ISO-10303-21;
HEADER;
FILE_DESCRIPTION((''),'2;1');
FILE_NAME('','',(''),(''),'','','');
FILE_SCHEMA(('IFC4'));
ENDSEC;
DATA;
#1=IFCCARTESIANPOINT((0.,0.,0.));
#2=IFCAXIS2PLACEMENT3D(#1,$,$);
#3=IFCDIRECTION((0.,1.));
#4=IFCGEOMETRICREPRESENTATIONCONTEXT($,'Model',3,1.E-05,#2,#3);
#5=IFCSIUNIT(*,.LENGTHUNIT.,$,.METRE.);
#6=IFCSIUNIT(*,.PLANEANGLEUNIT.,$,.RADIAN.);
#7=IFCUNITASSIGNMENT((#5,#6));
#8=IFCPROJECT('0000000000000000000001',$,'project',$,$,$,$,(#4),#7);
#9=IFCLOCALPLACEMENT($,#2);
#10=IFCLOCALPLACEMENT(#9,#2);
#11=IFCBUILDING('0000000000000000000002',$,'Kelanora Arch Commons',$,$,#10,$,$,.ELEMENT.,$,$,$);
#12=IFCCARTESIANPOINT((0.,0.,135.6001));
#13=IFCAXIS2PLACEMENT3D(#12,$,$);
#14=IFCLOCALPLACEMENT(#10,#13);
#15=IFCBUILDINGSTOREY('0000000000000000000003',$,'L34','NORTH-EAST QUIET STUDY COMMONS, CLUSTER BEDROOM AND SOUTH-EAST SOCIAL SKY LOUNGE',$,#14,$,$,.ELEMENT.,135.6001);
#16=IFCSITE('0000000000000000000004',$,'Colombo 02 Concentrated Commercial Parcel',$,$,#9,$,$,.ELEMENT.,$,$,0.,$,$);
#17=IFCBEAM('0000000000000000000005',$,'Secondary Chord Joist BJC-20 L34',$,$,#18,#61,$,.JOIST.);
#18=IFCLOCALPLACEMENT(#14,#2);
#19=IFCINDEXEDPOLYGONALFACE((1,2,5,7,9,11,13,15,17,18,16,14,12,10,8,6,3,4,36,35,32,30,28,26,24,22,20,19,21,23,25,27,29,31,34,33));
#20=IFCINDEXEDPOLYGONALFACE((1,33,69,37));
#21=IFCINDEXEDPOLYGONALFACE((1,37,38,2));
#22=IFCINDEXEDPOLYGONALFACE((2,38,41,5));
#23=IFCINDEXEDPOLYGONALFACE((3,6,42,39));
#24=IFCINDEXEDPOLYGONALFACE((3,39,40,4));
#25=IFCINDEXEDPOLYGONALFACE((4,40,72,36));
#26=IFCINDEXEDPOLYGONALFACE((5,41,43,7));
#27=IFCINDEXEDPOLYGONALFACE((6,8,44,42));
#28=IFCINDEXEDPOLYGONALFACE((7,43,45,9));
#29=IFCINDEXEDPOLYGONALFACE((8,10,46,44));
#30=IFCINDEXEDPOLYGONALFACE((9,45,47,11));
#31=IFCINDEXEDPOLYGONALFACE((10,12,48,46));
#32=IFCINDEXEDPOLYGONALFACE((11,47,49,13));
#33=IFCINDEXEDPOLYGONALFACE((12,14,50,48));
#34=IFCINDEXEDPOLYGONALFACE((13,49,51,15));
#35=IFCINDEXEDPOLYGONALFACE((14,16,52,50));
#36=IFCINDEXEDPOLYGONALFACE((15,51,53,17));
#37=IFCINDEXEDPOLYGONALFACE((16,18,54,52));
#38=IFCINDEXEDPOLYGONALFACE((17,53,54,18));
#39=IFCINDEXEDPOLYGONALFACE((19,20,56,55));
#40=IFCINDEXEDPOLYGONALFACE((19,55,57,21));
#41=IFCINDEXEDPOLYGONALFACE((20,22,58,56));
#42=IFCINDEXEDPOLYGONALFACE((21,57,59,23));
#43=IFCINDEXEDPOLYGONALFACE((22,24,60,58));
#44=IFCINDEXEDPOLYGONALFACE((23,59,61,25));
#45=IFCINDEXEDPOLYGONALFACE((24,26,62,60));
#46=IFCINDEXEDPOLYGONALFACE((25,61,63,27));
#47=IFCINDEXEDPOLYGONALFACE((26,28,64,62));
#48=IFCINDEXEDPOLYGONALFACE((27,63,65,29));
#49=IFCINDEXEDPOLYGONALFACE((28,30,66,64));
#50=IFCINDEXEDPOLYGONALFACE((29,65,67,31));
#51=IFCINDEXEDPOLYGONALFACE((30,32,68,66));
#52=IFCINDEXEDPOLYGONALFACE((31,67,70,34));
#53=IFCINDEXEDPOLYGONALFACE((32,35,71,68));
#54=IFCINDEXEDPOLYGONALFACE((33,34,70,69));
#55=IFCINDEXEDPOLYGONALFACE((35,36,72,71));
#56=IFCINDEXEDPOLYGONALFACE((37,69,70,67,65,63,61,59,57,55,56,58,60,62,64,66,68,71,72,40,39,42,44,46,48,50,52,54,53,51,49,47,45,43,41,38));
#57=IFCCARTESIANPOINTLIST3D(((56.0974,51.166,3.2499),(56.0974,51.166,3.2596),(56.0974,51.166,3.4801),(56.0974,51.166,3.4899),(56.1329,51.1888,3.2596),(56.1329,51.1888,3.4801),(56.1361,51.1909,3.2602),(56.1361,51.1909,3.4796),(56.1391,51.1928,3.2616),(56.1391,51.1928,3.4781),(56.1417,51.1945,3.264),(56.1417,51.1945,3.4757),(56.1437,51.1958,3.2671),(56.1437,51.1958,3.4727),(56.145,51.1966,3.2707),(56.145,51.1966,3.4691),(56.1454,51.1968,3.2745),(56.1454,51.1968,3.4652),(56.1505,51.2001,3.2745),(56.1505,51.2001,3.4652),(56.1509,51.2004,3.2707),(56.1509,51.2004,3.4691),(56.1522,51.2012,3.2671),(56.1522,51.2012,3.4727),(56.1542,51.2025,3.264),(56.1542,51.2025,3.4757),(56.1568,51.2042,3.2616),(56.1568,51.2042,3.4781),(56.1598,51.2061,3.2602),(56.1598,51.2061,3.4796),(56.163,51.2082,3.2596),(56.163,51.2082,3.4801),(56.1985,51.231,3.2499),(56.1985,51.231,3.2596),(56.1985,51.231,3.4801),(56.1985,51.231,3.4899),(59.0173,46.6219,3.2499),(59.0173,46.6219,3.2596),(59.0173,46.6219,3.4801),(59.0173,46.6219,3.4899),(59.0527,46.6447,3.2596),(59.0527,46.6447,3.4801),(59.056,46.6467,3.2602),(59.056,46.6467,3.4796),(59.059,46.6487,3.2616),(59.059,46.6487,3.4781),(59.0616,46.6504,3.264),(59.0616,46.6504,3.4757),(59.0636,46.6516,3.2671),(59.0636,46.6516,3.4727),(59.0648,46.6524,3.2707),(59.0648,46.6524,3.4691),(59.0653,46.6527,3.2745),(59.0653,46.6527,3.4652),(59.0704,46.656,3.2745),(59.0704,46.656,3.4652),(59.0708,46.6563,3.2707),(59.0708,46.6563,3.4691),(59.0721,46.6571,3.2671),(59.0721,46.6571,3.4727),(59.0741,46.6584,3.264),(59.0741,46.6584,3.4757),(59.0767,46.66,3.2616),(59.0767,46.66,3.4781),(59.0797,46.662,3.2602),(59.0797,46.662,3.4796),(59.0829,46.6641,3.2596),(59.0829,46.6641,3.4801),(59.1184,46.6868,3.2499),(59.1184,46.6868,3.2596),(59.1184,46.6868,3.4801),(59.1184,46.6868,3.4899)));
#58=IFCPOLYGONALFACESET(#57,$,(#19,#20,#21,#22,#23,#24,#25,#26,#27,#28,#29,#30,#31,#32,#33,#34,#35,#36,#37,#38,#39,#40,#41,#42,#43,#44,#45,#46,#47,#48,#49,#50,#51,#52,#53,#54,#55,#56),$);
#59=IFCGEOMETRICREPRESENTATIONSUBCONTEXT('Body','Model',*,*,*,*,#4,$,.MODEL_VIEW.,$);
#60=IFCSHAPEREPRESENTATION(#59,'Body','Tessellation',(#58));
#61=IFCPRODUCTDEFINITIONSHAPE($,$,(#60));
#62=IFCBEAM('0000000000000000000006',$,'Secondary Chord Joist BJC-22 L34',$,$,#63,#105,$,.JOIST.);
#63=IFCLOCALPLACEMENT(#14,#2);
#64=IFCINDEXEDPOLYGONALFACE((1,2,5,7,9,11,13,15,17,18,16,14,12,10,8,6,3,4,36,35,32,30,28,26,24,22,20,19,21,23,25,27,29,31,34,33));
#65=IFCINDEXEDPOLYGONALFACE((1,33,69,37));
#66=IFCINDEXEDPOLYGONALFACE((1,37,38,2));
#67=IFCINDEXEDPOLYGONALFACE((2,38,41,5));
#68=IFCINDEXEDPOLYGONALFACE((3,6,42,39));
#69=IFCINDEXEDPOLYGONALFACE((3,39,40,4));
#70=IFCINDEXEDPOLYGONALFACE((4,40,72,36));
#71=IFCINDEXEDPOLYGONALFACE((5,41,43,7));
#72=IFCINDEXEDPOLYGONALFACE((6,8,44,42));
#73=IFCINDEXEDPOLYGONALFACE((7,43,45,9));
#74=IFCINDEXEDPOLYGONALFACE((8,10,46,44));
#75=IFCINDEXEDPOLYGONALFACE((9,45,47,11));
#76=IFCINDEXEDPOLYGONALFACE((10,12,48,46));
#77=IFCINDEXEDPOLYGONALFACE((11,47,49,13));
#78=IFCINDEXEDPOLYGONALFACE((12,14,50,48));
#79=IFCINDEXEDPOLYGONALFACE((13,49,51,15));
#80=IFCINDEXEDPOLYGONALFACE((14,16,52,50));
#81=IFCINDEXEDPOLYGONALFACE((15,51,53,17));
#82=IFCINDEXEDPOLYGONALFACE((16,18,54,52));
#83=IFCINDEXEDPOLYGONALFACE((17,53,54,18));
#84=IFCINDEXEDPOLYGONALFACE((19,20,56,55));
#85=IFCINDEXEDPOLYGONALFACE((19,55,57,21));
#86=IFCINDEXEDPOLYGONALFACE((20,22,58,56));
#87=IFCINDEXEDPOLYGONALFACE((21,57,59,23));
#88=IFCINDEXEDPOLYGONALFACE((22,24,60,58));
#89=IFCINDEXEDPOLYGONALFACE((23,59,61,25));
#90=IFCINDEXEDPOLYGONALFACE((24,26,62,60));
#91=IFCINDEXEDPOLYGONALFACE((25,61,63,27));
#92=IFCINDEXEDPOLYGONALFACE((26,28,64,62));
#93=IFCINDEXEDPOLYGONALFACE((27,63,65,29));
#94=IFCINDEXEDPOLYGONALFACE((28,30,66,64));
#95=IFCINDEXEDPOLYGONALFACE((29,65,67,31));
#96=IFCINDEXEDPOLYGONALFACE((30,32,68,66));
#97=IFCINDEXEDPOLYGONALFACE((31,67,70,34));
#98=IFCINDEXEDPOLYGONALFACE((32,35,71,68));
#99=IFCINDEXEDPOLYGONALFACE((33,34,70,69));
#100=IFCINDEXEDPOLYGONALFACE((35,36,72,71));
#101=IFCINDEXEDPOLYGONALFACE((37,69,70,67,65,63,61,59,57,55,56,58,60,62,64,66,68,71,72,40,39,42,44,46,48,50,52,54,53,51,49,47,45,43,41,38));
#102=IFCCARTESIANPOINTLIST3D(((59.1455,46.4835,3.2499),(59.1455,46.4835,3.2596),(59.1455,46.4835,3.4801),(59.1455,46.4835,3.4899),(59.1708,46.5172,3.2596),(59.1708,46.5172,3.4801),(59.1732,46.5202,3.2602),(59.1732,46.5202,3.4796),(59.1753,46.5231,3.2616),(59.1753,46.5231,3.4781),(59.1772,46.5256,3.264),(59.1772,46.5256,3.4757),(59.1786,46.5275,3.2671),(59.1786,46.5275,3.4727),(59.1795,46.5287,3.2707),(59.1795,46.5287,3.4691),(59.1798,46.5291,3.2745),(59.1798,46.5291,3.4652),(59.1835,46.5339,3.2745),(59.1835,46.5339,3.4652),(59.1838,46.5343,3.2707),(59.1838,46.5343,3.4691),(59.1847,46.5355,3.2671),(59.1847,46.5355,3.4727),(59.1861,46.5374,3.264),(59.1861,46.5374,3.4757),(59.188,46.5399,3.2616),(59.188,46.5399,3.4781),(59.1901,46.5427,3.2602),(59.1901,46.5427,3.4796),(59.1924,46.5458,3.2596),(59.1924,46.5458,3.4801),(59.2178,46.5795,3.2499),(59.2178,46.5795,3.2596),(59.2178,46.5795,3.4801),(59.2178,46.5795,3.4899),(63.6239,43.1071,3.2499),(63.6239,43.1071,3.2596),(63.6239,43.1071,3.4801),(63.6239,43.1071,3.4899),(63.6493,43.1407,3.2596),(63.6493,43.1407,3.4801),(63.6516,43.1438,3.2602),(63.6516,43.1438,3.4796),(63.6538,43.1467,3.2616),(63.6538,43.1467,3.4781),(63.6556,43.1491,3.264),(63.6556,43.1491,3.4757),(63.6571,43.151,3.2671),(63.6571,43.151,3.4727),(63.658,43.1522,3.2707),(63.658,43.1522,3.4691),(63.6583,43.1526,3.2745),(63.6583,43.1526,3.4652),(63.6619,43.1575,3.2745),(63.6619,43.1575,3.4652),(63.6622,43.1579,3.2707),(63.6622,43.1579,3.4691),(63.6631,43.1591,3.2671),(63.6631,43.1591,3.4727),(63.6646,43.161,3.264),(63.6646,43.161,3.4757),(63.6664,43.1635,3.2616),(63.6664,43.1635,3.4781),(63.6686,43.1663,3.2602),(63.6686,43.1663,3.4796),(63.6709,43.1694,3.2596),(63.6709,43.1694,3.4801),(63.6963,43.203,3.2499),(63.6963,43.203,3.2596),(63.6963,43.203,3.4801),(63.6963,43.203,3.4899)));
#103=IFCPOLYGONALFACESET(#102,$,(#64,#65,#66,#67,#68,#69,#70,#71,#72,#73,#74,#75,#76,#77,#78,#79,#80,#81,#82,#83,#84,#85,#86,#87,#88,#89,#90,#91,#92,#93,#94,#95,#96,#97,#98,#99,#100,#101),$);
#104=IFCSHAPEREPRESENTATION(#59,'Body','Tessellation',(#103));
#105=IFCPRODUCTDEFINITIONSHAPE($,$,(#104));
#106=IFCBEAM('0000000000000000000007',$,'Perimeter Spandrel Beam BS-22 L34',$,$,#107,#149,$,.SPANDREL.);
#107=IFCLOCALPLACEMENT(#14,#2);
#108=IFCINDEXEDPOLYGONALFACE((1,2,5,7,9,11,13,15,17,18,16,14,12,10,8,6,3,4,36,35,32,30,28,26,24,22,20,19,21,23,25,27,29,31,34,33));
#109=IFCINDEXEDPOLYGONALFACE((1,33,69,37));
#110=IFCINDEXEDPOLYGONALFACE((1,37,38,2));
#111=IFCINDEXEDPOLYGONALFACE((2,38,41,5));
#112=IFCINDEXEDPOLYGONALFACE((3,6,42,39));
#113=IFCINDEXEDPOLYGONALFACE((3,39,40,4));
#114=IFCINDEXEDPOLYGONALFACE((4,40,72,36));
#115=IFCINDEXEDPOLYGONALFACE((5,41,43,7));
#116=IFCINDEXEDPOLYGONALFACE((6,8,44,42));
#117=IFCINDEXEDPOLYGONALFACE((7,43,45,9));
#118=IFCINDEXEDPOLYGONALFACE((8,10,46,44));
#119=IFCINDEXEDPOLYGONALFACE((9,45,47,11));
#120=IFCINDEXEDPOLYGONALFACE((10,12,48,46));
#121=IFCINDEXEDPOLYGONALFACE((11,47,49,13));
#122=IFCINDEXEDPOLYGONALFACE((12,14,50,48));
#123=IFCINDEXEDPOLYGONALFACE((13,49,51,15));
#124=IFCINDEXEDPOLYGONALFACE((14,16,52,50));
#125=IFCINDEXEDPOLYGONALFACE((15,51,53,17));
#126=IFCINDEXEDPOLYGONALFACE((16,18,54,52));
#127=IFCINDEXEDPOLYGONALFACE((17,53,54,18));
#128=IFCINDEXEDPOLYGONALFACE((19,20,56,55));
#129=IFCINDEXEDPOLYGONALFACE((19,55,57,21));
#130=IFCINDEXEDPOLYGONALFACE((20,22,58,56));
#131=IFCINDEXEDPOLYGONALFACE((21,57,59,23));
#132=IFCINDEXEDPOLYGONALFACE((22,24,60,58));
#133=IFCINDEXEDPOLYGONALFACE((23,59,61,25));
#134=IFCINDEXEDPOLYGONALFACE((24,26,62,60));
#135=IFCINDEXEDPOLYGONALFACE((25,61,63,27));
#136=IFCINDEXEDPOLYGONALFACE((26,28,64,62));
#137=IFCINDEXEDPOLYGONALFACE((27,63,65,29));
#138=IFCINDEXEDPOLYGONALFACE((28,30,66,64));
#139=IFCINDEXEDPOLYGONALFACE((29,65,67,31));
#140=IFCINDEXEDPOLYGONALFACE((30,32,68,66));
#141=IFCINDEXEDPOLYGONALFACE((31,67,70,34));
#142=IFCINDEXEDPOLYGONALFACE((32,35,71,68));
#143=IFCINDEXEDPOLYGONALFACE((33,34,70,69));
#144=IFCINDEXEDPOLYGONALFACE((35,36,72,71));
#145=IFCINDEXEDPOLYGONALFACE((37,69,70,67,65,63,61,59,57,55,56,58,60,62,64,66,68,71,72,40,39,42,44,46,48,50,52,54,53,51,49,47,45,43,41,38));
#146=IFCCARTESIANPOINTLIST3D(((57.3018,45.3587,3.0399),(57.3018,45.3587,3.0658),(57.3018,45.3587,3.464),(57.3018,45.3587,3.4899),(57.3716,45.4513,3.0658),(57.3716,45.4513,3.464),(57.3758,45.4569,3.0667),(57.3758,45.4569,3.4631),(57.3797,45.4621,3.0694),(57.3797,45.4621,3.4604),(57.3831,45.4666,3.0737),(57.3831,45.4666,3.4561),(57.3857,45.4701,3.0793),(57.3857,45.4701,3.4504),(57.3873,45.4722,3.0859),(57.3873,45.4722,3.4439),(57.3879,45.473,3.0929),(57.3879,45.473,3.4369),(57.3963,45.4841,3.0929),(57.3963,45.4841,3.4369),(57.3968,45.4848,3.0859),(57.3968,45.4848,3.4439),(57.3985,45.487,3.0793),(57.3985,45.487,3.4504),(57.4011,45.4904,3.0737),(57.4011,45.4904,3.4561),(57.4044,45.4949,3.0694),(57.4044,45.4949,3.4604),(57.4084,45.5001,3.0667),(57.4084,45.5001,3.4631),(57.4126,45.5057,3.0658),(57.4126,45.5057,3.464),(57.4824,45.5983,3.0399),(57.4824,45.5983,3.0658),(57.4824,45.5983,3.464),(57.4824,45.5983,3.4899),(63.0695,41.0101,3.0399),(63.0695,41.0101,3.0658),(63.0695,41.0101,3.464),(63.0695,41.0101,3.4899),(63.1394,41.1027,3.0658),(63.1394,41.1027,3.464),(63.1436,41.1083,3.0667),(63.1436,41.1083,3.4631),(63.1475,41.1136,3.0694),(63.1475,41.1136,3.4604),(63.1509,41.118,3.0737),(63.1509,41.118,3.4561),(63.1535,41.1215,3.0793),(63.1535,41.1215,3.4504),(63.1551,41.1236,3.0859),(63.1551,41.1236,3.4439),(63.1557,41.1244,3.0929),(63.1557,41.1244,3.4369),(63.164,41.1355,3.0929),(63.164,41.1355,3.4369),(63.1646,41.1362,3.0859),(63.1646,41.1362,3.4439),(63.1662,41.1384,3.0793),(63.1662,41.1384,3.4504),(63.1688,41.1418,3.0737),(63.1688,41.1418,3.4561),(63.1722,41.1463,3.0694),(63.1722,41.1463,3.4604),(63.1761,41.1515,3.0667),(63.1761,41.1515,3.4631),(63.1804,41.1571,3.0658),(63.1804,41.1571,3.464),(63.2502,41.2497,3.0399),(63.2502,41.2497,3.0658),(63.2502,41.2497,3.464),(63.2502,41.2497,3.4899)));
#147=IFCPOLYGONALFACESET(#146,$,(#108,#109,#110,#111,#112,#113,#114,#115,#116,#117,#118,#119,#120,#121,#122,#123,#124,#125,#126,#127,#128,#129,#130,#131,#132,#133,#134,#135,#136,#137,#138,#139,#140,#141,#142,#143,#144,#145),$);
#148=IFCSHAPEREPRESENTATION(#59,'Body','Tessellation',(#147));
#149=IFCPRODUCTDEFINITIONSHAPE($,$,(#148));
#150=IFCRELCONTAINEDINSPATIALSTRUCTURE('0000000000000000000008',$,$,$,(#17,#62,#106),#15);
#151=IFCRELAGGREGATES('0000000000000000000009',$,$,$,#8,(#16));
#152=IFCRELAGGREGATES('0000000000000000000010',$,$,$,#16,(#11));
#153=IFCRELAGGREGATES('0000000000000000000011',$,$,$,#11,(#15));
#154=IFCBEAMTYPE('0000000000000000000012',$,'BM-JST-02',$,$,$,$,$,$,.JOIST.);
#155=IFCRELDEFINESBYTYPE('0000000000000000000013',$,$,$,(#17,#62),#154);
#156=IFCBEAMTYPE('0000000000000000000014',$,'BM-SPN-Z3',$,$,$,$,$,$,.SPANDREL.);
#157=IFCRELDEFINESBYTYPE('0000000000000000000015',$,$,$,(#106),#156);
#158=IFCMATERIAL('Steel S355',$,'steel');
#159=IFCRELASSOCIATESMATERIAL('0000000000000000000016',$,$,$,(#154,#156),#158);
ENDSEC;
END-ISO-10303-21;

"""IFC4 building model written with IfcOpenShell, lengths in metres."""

from ifc_helpers import new_model, si_unit, direction, frame, origin, origin_2d, place, context, subcontext, project, spatial, i_section, extrude, material, material_profile, profile_set, type_object, element, save


model = new_model("IFC4")

# Units and contexts
model_context = context("Model", 3, precision=1e-05, world=origin(), true_north=direction((0.0, 1.0)))
body_context = subcontext(model_context, "Body", "Model", "MODEL_VIEW")
ifc_project = project(units=[si_unit("LENGTHUNIT", "METRE"), si_unit("PLANEANGLEUNIT", "RADIAN")], contexts=[model_context])

# Site, building, storey
site_placement = place(None, origin())
site = spatial("IfcSite", under=ifc_project, at=site_placement, Name="Colombo 02 Concentrated Commercial Parcel", CompositionType="ELEMENT", RefElevation=0.0)
building_placement = place(site_placement, origin())
building = spatial("IfcBuilding", under=site, at=building_placement, Name="Kelanora Arch Commons", CompositionType="ELEMENT")
storey_placement = place(building_placement, frame((0.0, 0.0, 135.6001)))
storey = spatial("IfcBuildingStorey", under=building, at=storey_placement, Name="L34", Description="NORTH-EAST QUIET STUDY COMMONS, CLUSTER BEDROOM AND SOUTH-EAST SOCIAL SKY LOUNGE", CompositionType="ELEMENT", Elevation=135.6001)

# Beams
ifc_material_1 = material(Name="Steel S355", Category="steel")
ifc_material_profile_1 = material_profile(ifc_material_1, i_section(OverallWidth=0.1201, OverallDepth=0.24, WebThickness=0.0061, FlangeThickness=0.0098, FilletRadius=0.0149, at=origin_2d()), Name="IPE240")
ifc_profile_set_1 = profile_set([ifc_material_profile_1], Name="Steel S355")
beam_type_1 = type_object("IfcBeamType", Name="BM-JST-02", PredefinedType="JOIST", material=ifc_profile_set_1)
beam_1_placement = place(storey_placement, frame((56.1479, 51.1985, 3.3699), z_axis=(0.540582, -0.841292, 0.0), x_axis=(0.841292, 0.540582, 0.0)))
element("IfcBeam", 1, at=beam_1_placement, inside=storey, type_object=beam_type_1, Name="Secondary Chord Joist BJC-20 L34", PredefinedType="JOIST", context=body_context, shape_type="SweptSolid", body=[
    extrude(i_section(OverallWidth=0.1201, OverallDepth=0.24, WebThickness=0.0061, FlangeThickness=0.0098, FilletRadius=0.0149, at=origin_2d()), origin(), (0.0, 0.0, 1.0), 5.4014),
])
beam_2_placement = place(storey_placement, frame((59.1816, 46.5315, 3.3699), z_axis=(0.798493, -0.602004, 0.0), x_axis=(0.602004, 0.798493, 0.0)))
element("IfcBeam", 2, at=beam_2_placement, inside=storey, type_object=beam_type_1, Name="Secondary Chord Joist BJC-22 L34", PredefinedType="JOIST", context=body_context, shape_type="SweptSolid", body=[
    extrude(i_section(OverallWidth=0.1201, OverallDepth=0.24, WebThickness=0.0061, FlangeThickness=0.0098, FilletRadius=0.0149, at=origin_2d()), origin(), (0.0, 0.0, 1.0), 5.6086),
])
ifc_material_profile_2 = material_profile(ifc_material_1, i_section(OverallWidth=0.3, OverallDepth=0.45, WebThickness=0.0139, FlangeThickness=0.0259, FilletRadius=0.0271, at=origin_2d()), Name="HEB450")
ifc_profile_set_2 = profile_set([ifc_material_profile_2], Name="Steel S355")
beam_type_2 = type_object("IfcBeamType", Name="BM-SPN-Z3", PredefinedType="SPANDREL", material=ifc_profile_set_2)
beam_3_placement = place(storey_placement, frame((57.3921, 45.4785, 3.2649), z_axis=(0.798485, -0.602015, 0.0), x_axis=(0.602015, 0.798485, 0.0)))
element("IfcBeam", 3, at=beam_3_placement, inside=storey, type_object=beam_type_2, Name="Perimeter Spandrel Beam BS-22 L34", PredefinedType="SPANDREL", context=body_context, shape_type="SweptSolid", body=[
    extrude(i_section(OverallWidth=0.3, OverallDepth=0.45, WebThickness=0.0139, FlangeThickness=0.0259, FilletRadius=0.0271, at=origin_2d()), origin(), (0.0, 0.0, 1.0), 7.2234),
])

save(model, "model.ifc")
